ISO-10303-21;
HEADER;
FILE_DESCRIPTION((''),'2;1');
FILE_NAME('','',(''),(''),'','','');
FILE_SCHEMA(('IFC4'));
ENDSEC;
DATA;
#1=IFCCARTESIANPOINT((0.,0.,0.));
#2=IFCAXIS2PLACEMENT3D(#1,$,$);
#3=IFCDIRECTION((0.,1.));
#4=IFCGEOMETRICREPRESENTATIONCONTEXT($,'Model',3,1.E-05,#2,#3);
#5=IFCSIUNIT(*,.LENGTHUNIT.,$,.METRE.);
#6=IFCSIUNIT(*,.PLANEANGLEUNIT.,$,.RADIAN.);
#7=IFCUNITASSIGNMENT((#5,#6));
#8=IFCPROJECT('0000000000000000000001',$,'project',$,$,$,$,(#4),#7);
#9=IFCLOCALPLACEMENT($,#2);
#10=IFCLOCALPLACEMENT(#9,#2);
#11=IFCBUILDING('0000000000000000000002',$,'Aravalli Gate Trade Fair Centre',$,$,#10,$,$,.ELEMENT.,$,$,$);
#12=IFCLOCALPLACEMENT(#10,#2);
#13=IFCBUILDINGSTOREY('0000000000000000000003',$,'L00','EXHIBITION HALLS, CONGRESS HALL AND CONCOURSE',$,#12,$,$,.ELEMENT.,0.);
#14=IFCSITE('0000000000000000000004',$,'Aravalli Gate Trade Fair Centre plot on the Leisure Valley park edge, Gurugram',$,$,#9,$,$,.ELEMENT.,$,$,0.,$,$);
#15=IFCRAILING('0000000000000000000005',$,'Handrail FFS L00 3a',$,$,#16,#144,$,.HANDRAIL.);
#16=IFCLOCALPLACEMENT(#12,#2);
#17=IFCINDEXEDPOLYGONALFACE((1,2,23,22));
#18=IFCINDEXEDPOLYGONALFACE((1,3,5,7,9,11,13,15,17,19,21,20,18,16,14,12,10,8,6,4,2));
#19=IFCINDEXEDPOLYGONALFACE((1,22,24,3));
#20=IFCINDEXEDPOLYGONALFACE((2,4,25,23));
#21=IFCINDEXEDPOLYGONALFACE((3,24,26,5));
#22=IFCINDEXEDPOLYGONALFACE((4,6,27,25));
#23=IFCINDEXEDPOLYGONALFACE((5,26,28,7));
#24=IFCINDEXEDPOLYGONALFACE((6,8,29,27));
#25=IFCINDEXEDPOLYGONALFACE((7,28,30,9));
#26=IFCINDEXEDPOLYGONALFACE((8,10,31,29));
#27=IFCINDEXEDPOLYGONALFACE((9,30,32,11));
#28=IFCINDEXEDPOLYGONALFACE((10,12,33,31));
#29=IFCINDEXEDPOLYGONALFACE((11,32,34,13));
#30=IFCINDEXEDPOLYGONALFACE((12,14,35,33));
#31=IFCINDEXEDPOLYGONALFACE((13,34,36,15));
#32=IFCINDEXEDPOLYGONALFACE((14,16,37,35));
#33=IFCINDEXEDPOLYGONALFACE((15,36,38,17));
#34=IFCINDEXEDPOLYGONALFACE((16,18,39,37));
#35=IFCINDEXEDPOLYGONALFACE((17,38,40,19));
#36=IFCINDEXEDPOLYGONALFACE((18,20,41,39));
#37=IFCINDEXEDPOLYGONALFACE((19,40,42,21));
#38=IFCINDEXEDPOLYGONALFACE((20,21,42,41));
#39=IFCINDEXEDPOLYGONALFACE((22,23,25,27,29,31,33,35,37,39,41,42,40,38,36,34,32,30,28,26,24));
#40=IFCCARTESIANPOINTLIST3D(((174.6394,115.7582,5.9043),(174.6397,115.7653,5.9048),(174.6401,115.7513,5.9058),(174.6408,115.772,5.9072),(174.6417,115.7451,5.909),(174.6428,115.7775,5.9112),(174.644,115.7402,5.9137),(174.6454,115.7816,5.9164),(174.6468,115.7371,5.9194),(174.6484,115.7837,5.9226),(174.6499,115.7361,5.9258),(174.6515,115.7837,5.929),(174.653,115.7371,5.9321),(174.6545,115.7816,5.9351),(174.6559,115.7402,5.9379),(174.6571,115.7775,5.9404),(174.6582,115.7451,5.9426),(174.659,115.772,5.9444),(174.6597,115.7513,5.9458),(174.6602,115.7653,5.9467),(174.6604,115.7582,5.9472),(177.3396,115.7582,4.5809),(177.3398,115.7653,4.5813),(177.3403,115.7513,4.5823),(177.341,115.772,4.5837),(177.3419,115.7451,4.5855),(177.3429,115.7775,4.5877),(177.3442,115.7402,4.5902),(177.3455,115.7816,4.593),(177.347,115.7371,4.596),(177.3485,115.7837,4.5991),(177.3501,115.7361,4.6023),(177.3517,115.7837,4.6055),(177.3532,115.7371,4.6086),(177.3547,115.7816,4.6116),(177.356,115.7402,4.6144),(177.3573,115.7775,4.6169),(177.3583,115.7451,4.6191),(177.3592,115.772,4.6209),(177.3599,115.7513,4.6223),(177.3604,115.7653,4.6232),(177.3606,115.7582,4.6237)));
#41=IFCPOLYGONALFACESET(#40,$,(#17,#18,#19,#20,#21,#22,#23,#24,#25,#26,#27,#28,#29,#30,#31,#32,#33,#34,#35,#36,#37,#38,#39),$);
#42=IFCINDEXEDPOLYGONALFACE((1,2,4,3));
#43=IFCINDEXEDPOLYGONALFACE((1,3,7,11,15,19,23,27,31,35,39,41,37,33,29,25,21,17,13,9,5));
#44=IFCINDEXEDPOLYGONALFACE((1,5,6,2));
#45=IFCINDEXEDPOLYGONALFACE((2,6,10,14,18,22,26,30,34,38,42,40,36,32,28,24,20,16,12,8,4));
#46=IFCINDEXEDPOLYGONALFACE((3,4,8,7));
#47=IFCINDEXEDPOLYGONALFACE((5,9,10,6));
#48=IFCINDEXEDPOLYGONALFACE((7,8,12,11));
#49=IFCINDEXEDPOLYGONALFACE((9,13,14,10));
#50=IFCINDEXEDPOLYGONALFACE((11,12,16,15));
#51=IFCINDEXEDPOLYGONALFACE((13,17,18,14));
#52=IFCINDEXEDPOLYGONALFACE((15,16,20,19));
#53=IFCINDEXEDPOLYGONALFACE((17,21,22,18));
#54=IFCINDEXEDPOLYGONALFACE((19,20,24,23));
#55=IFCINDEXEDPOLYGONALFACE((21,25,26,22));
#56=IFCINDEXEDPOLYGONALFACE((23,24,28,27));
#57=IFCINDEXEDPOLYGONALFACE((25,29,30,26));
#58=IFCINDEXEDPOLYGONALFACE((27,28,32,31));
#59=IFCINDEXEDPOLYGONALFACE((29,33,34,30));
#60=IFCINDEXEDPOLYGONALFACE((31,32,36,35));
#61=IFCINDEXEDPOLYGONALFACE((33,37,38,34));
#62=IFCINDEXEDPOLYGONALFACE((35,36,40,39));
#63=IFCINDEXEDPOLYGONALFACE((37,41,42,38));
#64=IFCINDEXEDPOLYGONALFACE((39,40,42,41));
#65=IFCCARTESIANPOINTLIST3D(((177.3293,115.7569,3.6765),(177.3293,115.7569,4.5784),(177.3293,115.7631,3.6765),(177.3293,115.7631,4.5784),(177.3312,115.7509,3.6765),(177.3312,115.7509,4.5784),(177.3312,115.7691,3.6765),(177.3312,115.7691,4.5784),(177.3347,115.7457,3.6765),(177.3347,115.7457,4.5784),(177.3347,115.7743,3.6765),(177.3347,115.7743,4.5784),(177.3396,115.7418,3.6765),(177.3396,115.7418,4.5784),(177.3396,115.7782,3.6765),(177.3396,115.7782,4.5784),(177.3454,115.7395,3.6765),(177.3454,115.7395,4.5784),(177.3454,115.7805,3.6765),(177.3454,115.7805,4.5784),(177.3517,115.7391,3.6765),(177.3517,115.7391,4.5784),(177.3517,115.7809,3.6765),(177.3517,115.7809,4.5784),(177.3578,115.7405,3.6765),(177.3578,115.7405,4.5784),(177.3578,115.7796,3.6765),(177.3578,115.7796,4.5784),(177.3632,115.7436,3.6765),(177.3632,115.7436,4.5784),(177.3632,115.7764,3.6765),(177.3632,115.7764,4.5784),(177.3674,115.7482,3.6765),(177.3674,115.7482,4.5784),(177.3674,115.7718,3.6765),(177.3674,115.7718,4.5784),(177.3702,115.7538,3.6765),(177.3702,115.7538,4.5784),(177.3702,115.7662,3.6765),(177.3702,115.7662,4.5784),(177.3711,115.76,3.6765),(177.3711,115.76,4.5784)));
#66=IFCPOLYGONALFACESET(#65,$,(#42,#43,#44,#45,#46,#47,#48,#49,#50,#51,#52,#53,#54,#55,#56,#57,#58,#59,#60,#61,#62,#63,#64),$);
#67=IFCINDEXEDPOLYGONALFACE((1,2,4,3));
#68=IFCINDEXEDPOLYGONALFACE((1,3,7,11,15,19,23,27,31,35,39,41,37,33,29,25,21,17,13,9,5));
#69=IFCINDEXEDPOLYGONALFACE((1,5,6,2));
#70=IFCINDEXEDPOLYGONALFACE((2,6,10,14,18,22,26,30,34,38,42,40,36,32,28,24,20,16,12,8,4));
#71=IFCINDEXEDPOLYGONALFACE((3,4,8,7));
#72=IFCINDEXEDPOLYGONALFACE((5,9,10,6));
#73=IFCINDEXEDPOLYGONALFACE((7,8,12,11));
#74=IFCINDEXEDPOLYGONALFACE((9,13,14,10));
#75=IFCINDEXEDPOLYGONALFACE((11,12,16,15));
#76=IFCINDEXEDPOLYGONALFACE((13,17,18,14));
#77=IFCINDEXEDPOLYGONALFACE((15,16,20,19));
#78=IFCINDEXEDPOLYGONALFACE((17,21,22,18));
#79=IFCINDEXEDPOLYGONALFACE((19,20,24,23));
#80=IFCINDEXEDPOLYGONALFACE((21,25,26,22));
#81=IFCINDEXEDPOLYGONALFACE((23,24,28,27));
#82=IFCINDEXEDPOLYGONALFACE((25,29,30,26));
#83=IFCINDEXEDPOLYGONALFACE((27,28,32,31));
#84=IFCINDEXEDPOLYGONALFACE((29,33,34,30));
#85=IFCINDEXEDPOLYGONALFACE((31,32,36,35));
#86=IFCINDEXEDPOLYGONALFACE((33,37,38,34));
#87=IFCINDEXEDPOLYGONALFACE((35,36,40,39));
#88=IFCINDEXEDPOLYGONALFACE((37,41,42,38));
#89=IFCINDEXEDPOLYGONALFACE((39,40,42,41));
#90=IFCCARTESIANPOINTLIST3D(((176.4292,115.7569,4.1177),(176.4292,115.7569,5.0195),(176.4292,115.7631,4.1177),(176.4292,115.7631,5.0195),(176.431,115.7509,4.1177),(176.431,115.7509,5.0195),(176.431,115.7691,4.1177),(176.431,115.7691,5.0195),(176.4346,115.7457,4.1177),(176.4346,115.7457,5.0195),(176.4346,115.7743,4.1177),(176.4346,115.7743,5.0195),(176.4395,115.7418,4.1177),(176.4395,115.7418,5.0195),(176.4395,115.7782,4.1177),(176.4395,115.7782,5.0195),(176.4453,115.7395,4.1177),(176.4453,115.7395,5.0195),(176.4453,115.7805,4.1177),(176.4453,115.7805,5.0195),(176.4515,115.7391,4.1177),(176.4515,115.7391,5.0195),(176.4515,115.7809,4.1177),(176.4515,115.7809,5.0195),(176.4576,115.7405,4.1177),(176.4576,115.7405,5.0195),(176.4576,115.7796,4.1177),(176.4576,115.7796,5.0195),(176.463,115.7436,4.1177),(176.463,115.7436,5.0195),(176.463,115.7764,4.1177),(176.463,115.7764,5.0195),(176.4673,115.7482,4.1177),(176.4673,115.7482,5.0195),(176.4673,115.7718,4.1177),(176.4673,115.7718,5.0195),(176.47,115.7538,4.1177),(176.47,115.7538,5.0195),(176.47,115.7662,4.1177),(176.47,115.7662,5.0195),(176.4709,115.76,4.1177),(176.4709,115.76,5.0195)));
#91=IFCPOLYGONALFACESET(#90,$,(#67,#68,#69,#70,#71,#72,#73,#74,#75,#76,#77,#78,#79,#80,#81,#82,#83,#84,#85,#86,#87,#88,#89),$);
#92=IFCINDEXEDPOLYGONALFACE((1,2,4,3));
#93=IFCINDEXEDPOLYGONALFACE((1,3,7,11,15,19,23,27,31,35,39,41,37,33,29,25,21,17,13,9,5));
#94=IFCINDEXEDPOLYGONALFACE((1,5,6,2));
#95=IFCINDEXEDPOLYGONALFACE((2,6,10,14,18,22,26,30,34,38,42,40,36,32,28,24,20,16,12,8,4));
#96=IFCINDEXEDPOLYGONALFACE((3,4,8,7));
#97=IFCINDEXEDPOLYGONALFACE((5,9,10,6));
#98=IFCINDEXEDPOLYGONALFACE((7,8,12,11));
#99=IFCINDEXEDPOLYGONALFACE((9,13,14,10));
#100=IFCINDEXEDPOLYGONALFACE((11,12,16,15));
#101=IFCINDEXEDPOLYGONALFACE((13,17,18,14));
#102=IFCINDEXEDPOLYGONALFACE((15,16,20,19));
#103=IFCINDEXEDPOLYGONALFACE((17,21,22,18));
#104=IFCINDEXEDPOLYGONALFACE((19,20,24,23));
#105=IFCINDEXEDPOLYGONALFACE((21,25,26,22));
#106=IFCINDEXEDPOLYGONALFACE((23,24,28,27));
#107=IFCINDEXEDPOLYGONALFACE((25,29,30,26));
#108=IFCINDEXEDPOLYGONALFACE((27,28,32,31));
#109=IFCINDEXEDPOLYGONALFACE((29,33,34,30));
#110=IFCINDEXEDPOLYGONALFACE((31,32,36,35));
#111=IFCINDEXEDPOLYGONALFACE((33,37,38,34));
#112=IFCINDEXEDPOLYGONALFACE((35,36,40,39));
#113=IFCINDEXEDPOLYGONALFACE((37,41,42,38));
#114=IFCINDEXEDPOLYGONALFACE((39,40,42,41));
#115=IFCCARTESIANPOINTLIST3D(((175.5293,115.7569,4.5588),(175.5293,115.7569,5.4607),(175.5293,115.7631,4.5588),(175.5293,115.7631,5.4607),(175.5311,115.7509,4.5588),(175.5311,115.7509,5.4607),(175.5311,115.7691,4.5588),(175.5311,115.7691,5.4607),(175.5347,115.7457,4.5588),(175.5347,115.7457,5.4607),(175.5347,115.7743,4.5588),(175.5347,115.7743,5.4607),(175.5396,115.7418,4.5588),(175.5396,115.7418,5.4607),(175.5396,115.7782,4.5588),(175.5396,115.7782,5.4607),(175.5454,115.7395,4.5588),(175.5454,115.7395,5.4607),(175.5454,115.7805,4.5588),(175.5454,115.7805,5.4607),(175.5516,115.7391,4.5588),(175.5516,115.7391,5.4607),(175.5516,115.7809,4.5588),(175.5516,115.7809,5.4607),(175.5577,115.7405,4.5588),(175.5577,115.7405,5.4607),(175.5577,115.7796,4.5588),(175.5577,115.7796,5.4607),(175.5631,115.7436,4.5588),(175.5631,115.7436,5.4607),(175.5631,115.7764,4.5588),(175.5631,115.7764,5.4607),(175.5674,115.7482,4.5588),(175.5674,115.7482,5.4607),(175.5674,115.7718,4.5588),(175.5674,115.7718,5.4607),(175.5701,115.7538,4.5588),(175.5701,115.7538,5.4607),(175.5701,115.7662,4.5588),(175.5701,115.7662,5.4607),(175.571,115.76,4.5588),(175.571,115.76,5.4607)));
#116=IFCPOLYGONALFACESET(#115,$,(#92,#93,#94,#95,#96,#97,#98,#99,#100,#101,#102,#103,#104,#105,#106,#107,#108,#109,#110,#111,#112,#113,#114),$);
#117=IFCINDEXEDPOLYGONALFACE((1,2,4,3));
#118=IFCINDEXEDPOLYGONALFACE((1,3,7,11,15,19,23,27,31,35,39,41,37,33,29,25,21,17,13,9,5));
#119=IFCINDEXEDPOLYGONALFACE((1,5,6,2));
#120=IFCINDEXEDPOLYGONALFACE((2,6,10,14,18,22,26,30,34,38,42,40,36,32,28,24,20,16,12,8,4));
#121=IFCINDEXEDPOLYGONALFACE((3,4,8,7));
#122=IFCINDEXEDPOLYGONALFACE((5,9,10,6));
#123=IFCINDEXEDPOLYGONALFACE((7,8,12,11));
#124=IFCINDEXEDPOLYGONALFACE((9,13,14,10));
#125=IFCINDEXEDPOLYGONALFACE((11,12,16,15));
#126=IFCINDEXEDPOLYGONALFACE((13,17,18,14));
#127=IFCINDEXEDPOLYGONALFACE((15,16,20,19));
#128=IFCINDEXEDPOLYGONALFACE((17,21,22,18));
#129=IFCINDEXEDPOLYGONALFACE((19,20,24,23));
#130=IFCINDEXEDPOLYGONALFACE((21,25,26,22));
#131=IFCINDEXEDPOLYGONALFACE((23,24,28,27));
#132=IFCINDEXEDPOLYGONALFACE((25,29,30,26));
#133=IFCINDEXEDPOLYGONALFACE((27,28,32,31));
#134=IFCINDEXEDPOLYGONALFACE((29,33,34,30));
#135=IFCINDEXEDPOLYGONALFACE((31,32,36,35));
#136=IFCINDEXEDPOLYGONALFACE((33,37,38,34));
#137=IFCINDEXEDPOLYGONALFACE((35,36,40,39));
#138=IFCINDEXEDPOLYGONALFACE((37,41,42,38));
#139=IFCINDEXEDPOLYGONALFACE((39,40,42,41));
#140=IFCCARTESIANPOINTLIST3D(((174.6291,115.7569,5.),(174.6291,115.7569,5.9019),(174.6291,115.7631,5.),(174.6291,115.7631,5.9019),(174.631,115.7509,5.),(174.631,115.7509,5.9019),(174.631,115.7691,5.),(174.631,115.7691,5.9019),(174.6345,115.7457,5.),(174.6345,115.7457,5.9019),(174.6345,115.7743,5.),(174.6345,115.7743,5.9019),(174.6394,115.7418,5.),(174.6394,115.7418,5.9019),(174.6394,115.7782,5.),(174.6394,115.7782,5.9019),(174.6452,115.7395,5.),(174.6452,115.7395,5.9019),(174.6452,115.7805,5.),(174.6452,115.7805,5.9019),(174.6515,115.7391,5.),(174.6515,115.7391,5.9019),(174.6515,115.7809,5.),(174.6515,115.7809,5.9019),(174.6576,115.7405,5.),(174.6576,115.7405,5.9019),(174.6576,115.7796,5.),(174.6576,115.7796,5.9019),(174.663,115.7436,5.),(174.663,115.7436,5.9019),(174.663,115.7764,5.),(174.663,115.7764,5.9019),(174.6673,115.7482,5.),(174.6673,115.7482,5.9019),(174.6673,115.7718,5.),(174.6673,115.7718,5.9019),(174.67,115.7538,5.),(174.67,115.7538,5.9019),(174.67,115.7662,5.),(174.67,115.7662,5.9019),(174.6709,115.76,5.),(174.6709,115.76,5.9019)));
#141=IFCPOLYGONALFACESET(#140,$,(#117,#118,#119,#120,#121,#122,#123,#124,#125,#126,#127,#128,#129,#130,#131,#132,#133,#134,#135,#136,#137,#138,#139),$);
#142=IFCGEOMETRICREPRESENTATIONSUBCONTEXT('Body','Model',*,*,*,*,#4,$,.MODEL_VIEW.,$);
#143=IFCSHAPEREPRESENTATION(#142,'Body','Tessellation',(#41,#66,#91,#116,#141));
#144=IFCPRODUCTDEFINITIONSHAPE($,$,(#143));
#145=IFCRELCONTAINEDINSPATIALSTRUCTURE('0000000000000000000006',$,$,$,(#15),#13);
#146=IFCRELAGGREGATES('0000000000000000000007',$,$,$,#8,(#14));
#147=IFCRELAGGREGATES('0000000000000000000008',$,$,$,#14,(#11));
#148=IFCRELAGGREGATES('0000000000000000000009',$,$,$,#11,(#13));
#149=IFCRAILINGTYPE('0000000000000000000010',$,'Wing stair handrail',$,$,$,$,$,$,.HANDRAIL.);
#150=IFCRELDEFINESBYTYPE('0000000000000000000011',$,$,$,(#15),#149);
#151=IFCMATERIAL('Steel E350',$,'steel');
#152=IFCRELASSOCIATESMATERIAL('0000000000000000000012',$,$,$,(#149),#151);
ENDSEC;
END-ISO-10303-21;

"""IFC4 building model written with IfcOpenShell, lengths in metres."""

from ifc_helpers import new_model, si_unit, direction, frame, origin, origin_2d, place, context, subcontext, project, spatial, circle, extrude, material, type_object, element, save


model = new_model("IFC4")

# Units and contexts
model_context = context("Model", 3, precision=1e-05, world=origin(), true_north=direction((0.0, 1.0)))
body_context = subcontext(model_context, "Body", "Model", "MODEL_VIEW")
ifc_project = project(units=[si_unit("LENGTHUNIT", "METRE"), si_unit("PLANEANGLEUNIT", "RADIAN")], contexts=[model_context])

# Site, building, storey
site_placement = place(None, origin())
site = spatial("IfcSite", under=ifc_project, at=site_placement, Name="Aravalli Gate Trade Fair Centre plot on the Leisure Valley park edge, Gurugram", CompositionType="ELEMENT", RefElevation=0.0)
building_placement = place(site_placement, origin())
building = spatial("IfcBuilding", under=site, at=building_placement, Name="Aravalli Gate Trade Fair Centre", CompositionType="ELEMENT")
storey_placement = place(building_placement, origin())
storey = spatial("IfcBuildingStorey", under=building, at=storey_placement, Name="L00", Description="EXHIBITION HALLS, CONGRESS HALL AND CONCOURSE", CompositionType="ELEMENT", Elevation=0.0)

# Railing
ifc_material_1 = material(Name="Steel E350", Category="steel")
railing_type = type_object("IfcRailingType", Name="Wing stair handrail", PredefinedType="HANDRAIL", material=ifc_material_1)
railing_1_placement = place(storey_placement, frame((177.3501, 115.76, 3.6765)))
element("IfcRailing", 1, at=railing_1_placement, inside=storey, type_object=railing_type, Name="Handrail FFS L00 3a", PredefinedType="HANDRAIL", context=body_context, shape_type="SweptSolid", body=[
    extrude(circle(Radius=0.0239, at=origin_2d()), frame((0.0, 0.0, 0.9258), z_axis=(-0.897939, 0.0, 0.44012), x_axis=(0.0, -1.0, 0.0)), (0.0, 0.0, 1.0), 3.0071),
    extrude(circle(Radius=0.021, at=origin_2d()), origin(), (0.0, 0.0, 1.0), 0.9019),
    extrude(circle(Radius=0.021, at=origin_2d()), frame((-0.9001, 0.0, 0.4412)), (0.0, 0.0, 1.0), 0.9019),
    extrude(circle(Radius=0.021, at=origin_2d()), frame((-1.8, 0.0, 0.8823)), (0.0, 0.0, 1.0), 0.9019),
    extrude(circle(Radius=0.021, at=origin_2d()), frame((-2.7002, 0.0, 1.3235)), (0.0, 0.0, 1.0), 0.9019),
])

save(model, "model.ifc")
